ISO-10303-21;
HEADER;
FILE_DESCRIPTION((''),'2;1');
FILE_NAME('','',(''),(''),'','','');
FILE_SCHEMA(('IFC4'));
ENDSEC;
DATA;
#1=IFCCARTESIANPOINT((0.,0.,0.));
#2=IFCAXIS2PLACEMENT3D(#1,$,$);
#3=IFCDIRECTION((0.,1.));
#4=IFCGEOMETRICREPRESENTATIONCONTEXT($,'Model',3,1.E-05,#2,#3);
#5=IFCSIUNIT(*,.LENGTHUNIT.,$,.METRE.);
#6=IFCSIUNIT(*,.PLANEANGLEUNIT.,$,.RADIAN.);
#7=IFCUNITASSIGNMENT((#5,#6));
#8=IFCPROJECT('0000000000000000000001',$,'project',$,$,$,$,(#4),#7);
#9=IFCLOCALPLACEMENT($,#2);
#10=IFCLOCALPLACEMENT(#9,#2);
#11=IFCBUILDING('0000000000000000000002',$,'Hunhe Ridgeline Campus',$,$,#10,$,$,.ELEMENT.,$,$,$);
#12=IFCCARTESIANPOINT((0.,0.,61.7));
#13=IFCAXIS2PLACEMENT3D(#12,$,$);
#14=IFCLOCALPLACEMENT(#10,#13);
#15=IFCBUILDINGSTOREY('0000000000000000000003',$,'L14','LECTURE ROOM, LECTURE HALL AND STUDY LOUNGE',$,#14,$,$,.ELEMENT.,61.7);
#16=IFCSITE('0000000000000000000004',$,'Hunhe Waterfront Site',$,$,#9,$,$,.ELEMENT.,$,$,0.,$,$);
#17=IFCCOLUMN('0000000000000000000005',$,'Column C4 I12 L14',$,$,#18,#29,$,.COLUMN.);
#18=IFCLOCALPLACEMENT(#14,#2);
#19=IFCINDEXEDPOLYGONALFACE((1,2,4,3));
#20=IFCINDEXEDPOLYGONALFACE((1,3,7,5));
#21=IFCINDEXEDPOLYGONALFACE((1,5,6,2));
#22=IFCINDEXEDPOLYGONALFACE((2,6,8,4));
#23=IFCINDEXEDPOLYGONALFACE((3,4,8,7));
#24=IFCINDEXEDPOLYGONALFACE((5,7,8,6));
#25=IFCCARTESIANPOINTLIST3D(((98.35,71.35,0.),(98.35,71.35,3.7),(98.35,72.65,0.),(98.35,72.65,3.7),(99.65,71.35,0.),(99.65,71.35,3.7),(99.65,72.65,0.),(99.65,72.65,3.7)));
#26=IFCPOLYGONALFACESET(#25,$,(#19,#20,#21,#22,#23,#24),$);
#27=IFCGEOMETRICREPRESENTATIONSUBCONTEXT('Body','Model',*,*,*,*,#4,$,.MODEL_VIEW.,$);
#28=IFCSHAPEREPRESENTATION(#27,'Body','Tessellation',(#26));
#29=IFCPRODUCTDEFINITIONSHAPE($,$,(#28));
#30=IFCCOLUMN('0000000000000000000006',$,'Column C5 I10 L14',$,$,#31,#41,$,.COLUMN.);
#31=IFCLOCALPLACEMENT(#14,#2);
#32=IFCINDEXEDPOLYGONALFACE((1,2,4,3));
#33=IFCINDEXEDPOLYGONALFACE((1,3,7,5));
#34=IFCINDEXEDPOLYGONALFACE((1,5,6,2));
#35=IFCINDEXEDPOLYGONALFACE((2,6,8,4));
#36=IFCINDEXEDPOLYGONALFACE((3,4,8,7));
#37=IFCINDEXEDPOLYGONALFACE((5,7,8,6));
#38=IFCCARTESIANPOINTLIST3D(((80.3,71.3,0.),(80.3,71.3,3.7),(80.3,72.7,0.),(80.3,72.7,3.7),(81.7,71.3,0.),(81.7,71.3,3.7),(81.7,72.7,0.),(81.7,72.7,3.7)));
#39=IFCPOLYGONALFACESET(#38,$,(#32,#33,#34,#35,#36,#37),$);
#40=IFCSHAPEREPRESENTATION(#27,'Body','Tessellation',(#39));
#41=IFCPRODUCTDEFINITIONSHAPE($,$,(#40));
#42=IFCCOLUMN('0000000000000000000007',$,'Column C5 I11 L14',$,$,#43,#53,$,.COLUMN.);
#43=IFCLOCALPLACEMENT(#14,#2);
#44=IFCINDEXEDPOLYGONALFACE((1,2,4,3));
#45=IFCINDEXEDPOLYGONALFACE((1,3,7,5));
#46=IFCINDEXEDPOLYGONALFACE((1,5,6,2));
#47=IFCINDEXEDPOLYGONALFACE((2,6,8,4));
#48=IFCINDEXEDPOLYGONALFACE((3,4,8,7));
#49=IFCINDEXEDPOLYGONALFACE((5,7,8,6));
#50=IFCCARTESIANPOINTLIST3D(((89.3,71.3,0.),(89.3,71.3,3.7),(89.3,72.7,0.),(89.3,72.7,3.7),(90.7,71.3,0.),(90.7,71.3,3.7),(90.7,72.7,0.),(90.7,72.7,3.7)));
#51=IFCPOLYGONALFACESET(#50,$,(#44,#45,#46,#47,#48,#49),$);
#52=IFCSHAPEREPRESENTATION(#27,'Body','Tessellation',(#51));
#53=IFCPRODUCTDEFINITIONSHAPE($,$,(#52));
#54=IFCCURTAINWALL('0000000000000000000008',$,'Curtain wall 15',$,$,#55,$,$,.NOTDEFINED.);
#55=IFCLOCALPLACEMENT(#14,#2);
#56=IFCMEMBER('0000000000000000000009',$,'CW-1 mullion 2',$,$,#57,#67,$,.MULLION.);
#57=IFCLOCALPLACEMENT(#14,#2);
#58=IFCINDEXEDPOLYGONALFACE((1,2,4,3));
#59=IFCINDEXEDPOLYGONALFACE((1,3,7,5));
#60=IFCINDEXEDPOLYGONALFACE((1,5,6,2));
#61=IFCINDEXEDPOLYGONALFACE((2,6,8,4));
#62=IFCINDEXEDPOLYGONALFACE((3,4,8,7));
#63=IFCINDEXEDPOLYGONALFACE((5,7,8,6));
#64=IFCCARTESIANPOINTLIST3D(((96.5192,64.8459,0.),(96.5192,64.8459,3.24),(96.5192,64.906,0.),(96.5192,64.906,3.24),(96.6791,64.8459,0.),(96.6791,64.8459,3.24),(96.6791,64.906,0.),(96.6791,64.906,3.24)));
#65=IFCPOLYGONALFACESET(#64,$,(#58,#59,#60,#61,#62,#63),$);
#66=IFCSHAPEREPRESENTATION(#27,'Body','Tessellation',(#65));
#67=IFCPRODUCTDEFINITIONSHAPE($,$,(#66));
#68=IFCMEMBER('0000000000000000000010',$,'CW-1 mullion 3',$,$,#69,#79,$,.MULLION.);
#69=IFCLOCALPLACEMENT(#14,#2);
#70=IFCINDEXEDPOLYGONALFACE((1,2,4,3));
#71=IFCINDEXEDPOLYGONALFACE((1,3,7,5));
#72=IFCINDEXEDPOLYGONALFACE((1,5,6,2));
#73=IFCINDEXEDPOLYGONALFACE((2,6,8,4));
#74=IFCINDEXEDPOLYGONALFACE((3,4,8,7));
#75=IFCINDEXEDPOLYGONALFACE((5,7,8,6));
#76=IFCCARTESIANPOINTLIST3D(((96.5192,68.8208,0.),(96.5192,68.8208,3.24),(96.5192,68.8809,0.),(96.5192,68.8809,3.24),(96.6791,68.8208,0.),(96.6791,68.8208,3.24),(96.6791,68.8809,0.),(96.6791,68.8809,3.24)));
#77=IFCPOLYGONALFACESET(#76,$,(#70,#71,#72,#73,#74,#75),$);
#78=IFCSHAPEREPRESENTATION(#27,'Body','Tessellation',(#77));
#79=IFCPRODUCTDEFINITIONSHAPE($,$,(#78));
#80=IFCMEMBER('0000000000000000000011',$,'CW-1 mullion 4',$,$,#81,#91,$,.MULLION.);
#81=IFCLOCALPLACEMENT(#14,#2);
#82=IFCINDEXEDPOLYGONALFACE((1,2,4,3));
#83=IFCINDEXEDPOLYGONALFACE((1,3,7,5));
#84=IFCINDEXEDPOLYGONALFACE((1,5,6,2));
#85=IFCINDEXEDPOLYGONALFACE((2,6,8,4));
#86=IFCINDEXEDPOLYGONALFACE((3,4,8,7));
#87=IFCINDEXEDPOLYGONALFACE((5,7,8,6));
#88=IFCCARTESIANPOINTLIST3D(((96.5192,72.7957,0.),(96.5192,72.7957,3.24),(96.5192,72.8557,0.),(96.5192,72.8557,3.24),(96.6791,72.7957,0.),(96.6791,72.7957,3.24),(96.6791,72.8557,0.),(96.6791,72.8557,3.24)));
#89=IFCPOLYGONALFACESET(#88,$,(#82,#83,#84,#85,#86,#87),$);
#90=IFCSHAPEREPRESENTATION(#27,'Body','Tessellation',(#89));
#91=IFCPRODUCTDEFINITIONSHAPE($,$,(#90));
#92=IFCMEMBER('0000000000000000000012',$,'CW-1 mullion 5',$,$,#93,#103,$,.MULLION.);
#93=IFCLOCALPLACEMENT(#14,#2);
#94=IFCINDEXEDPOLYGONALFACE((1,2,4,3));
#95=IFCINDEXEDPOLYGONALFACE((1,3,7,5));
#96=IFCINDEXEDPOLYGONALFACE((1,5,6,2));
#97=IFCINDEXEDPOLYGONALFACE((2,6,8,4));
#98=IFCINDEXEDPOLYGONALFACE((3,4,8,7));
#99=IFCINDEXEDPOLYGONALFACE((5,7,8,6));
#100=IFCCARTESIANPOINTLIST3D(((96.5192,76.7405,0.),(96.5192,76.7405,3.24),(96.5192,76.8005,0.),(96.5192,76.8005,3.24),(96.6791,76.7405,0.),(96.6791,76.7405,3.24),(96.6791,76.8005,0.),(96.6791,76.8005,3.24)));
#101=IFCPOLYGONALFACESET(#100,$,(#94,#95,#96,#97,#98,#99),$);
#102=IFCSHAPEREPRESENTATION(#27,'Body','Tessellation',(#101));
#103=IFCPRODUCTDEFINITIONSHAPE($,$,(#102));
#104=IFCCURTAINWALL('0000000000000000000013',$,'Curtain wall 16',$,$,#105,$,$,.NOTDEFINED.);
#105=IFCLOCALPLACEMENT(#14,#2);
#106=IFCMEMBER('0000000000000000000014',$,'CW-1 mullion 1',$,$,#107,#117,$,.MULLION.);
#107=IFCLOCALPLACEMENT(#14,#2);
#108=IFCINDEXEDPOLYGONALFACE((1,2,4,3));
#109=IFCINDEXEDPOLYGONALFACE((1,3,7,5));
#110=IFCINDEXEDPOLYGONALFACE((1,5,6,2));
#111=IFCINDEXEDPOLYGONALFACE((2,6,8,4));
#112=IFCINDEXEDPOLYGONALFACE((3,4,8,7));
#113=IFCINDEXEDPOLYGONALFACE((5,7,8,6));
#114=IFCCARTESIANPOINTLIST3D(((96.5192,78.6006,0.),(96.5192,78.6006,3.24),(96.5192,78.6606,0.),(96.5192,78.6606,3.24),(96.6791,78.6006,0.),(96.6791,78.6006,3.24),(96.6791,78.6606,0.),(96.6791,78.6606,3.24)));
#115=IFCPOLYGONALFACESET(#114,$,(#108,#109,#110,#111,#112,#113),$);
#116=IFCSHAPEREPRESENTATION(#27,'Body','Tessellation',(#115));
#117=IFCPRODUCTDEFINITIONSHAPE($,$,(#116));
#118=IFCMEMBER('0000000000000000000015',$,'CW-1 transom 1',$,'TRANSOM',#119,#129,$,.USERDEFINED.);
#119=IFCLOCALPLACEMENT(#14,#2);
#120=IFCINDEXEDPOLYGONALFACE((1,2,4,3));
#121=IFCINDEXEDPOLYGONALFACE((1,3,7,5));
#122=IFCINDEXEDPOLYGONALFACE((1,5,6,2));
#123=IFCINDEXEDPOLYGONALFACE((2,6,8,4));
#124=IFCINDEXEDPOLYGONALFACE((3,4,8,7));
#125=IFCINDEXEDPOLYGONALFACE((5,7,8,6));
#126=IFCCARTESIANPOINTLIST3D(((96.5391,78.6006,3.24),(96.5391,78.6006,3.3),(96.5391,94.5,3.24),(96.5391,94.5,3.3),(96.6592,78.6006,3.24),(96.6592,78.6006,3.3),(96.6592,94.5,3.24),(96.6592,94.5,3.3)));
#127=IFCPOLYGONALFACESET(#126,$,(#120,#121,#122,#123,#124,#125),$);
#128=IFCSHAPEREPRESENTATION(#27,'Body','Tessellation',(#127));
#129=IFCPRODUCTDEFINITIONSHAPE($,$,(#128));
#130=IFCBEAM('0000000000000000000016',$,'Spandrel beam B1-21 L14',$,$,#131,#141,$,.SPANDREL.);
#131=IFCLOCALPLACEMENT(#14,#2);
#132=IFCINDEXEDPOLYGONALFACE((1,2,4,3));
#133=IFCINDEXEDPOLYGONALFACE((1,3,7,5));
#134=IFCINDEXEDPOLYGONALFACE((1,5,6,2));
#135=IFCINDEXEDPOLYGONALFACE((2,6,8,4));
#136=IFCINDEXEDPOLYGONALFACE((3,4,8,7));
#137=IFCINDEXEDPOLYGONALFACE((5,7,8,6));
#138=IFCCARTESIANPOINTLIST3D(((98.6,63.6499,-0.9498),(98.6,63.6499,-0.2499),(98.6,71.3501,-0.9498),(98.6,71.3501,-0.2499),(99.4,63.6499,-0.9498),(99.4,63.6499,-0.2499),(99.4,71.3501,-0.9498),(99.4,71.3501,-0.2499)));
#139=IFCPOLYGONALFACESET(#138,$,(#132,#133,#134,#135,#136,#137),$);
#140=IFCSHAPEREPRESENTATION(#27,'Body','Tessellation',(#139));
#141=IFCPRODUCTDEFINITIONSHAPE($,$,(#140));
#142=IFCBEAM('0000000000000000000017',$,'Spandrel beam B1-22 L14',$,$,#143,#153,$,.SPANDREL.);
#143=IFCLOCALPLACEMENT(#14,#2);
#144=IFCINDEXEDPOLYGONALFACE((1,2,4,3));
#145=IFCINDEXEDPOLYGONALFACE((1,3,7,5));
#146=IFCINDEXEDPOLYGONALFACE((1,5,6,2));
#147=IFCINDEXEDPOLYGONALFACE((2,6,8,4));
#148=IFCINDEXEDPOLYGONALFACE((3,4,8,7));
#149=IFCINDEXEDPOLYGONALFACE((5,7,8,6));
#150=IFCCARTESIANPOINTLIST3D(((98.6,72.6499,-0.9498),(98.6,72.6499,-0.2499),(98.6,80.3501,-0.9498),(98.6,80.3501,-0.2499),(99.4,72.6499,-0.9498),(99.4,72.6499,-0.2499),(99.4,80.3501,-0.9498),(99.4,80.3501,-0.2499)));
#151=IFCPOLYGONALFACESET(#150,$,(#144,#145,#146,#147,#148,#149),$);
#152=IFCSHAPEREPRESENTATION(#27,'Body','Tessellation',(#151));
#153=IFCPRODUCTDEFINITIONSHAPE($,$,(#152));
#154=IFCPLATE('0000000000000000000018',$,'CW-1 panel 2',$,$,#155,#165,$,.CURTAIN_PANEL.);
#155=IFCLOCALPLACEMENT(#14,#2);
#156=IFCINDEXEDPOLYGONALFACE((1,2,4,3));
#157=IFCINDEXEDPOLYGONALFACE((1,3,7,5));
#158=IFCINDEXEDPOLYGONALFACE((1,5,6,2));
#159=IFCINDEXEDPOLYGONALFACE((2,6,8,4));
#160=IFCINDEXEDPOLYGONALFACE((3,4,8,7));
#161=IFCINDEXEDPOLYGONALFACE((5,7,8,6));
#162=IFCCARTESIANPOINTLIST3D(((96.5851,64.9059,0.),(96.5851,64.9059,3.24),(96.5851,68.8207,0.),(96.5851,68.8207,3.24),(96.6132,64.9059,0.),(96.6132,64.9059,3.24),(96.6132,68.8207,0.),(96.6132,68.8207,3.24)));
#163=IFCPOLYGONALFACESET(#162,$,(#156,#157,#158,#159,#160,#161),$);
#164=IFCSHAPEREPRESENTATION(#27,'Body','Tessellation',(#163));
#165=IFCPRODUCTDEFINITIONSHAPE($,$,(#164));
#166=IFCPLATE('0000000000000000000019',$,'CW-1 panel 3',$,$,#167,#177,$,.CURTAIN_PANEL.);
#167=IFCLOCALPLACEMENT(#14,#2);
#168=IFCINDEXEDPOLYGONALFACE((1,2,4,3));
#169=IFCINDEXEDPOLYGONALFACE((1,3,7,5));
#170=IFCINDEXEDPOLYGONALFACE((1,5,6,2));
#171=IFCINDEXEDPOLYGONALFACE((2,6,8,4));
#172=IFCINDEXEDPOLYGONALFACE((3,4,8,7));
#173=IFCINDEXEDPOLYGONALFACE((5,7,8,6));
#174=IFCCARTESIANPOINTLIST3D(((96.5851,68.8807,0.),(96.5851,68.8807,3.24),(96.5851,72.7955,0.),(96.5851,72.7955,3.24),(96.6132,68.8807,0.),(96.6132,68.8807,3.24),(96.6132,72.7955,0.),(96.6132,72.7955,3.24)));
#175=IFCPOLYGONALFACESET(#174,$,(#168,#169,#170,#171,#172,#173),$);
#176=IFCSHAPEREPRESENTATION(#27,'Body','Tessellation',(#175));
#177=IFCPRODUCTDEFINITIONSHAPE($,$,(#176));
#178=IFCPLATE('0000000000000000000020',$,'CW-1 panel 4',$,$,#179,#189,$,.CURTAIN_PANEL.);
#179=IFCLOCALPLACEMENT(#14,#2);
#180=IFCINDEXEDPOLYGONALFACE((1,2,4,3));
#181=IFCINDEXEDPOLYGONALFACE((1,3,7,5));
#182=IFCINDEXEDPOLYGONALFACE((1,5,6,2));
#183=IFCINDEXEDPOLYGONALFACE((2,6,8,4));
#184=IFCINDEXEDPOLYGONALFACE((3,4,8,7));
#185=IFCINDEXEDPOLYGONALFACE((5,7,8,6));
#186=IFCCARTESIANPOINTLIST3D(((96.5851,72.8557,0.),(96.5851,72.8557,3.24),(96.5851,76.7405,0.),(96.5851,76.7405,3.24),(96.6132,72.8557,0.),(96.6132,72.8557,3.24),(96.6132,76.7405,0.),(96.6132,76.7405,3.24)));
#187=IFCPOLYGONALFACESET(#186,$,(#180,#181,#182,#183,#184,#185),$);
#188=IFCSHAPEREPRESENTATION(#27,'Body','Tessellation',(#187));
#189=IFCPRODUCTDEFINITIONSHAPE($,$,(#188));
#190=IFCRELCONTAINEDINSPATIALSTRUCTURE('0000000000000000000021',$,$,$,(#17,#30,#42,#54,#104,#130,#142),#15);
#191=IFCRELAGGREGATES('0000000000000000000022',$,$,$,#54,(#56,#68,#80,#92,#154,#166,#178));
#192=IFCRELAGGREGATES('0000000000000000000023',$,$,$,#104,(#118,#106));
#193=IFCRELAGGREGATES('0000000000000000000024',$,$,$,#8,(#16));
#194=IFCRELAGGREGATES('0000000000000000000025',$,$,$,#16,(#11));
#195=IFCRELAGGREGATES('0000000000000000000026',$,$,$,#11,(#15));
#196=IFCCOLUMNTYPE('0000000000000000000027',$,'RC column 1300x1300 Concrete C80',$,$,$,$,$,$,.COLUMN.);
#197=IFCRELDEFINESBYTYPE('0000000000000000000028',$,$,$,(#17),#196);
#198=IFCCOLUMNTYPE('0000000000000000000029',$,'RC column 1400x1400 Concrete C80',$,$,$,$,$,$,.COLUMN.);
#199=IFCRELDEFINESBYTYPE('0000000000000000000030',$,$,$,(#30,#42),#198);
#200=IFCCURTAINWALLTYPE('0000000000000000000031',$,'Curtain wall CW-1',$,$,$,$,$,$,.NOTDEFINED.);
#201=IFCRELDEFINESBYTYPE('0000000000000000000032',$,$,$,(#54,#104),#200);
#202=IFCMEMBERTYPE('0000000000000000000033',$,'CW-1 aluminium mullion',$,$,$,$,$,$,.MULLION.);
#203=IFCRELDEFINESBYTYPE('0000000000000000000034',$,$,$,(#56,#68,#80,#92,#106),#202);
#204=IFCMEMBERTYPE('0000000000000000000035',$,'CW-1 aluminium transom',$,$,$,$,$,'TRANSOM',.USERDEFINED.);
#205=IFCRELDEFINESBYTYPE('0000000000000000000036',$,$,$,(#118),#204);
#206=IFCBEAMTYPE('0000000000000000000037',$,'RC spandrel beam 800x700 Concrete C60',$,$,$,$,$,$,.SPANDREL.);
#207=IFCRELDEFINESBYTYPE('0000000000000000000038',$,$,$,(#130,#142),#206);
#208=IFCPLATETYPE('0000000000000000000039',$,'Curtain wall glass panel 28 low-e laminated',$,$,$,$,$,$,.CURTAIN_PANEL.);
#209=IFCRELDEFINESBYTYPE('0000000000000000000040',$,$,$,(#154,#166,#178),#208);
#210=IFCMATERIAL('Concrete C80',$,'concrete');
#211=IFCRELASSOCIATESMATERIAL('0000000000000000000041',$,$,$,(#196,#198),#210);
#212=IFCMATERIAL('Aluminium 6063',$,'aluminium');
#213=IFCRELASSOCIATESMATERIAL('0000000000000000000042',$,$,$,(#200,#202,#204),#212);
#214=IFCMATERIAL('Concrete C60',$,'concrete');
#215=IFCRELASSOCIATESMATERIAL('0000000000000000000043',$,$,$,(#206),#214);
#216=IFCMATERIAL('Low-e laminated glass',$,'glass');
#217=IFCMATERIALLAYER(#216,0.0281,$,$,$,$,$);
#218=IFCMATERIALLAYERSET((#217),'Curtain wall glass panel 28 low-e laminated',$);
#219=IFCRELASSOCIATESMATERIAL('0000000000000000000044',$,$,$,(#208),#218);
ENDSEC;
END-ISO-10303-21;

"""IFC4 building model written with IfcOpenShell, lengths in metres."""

from ifc_helpers import new_model, si_unit, direction, frame, origin, origin_2d, place, context, subcontext, project, spatial, rectangle, extrude, material, layer, layer_set, material_profile, profile_set, type_object, element, aggregate, save


model = new_model("IFC4")

# Units and contexts
model_context = context("Model", 3, precision=1e-05, world=origin(), true_north=direction((0.0, 1.0)))
body_context = subcontext(model_context, "Body", "Model", "MODEL_VIEW")
ifc_project = project(units=[si_unit("LENGTHUNIT", "METRE"), si_unit("PLANEANGLEUNIT", "RADIAN")], contexts=[model_context])

# Site, building, storey
site_placement = place(None, origin())
site = spatial("IfcSite", under=ifc_project, at=site_placement, Name="Hunhe Waterfront Site", CompositionType="ELEMENT", RefElevation=0.0)
building_placement = place(site_placement, origin())
building = spatial("IfcBuilding", under=site, at=building_placement, Name="Hunhe Ridgeline Campus", CompositionType="ELEMENT")
storey_placement = place(building_placement, frame((0.0, 0.0, 61.7)))
storey = spatial("IfcBuildingStorey", under=building, at=storey_placement, Name="L14", Description="LECTURE ROOM, LECTURE HALL AND STUDY LOUNGE", CompositionType="ELEMENT", Elevation=61.7)

# Columns
ifc_material_1 = material(Name="Concrete C80", Category="concrete")
ifc_material_profile_1 = material_profile(ifc_material_1, rectangle(XDim=1.3, YDim=1.3, at=origin_2d()))
ifc_profile_set_1 = profile_set([ifc_material_profile_1], Name="Concrete C80")
column_type_1 = type_object("IfcColumnType", Name="RC column 1300x1300 Concrete C80", PredefinedType="COLUMN", material=ifc_profile_set_1)
column_placement = place(storey_placement, frame((99.0, 72.0, 0.0), z_axis=(0.0, 0.0, 1.0), x_axis=(1.0, 0.0, 0.0)))
element("IfcColumn", 1, at=column_placement, inside=storey, type_object=column_type_1, Name="Column C4 I12 L14", PredefinedType="COLUMN", context=body_context, shape_type="SweptSolid", body=[
    extrude(rectangle(XDim=1.3, YDim=1.3, at=origin_2d()), origin(), (0.0, 0.0, 1.0), 3.7),
])
ifc_material_profile_2 = material_profile(ifc_material_1, rectangle(XDim=1.3999, YDim=1.3999, at=origin_2d()))
ifc_profile_set_2 = profile_set([ifc_material_profile_2], Name="Concrete C80")
column_type_2 = type_object("IfcColumnType", Name="RC column 1400x1400 Concrete C80", PredefinedType="COLUMN", material=ifc_profile_set_2)
for number, where, z_axis, x_axis, name in (
    (2, (81.0, 72.0, 0.0), (0.0, 0.0, 1.0), (1.0, 0.0, 0.0), "Column C5 I10 L14"),
    (3, (90.0, 72.0, 0.0), (0.0, 0.0, 1.0), (1.0, 0.0, 0.0), "Column C5 I11 L14"),
):
    element("IfcColumn", number, at=place(storey_placement, frame(where, z_axis=z_axis, x_axis=x_axis)), inside=storey, type_object=column_type_2, Name=name, PredefinedType="COLUMN", context=body_context, shape_type="SweptSolid", body=[
        extrude(rectangle(XDim=1.3999, YDim=1.3999, at=origin_2d()), origin(), (0.0, 0.0, 1.0), 3.7),
    ])

# Curtain walls, members
ifc_material_2 = material(Name="Aluminium 6063", Category="aluminium")
curtain_wall_type = type_object("IfcCurtainWallType", Name="Curtain wall CW-1", PredefinedType="NOTDEFINED", material=ifc_material_2)
curtain_wall_1_placement = place(storey_placement, origin())
curtain_wall_1 = element("IfcCurtainWall", 4, at=curtain_wall_1_placement, inside=storey, type_object=curtain_wall_type, Name="Curtain wall 15", PredefinedType="NOTDEFINED")
ifc_material_profile_3 = material_profile(ifc_material_2, rectangle(XDim=0.1599, YDim=0.0601, at=origin_2d()))
ifc_profile_set_3 = profile_set([ifc_material_profile_3], Name="Aluminium 6063")
member_type_1 = type_object("IfcMemberType", Name="CW-1 aluminium mullion", PredefinedType="MULLION", material=ifc_profile_set_3)
member_1_placement = place(storey_placement, frame((96.5991, 64.876, 0.0), z_axis=(0.0, 0.0, 1.0), x_axis=(-1.0, 0.0, 0.0)))
member_1 = element("IfcMember", 5, at=member_1_placement, type_object=member_type_1, Name="CW-1 mullion 2", PredefinedType="MULLION", context=body_context, shape_type="SweptSolid", body=[
    extrude(rectangle(XDim=0.1599, YDim=0.0601, at=origin_2d()), origin(), (0.0, 0.0, 1.0), 3.24),
])
member_2_placement = place(storey_placement, frame((96.5991, 68.8508, 0.0), z_axis=(0.0, 0.0, 1.0), x_axis=(-1.0, 0.0, 0.0)))
member_2 = element("IfcMember", 6, at=member_2_placement, type_object=member_type_1, Name="CW-1 mullion 3", PredefinedType="MULLION", context=body_context, shape_type="SweptSolid", body=[
    extrude(rectangle(XDim=0.1599, YDim=0.0601, at=origin_2d()), origin(), (0.0, 0.0, 1.0), 3.24),
])
member_3_placement = place(storey_placement, frame((96.5991, 72.8257, 0.0), z_axis=(0.0, 0.0, 1.0), x_axis=(-1.0, 0.0, 0.0)))
member_3 = element("IfcMember", 7, at=member_3_placement, type_object=member_type_1, Name="CW-1 mullion 4", PredefinedType="MULLION", context=body_context, shape_type="SweptSolid", body=[
    extrude(rectangle(XDim=0.1599, YDim=0.0601, at=origin_2d()), origin(), (0.0, 0.0, 1.0), 3.24),
])
member_4_placement = place(storey_placement, frame((96.5991, 76.7705, 0.0), z_axis=(0.0, 0.0, 1.0), x_axis=(-1.0, 0.0, 0.0)))
member_4 = element("IfcMember", 8, at=member_4_placement, type_object=member_type_1, Name="CW-1 mullion 5", PredefinedType="MULLION", context=body_context, shape_type="SweptSolid", body=[
    extrude(rectangle(XDim=0.1599, YDim=0.0601, at=origin_2d()), origin(), (0.0, 0.0, 1.0), 3.24),
])
curtain_wall_2_placement = place(storey_placement, origin())
curtain_wall_2 = element("IfcCurtainWall", 9, at=curtain_wall_2_placement, inside=storey, type_object=curtain_wall_type, Name="Curtain wall 16", PredefinedType="NOTDEFINED")
member_5_placement = place(storey_placement, frame((96.5991, 78.6306, 0.0), z_axis=(0.0, 0.0, 1.0), x_axis=(-1.0, 0.0, 0.0)))
member_5 = element("IfcMember", 10, at=member_5_placement, type_object=member_type_1, Name="CW-1 mullion 1", PredefinedType="MULLION", context=body_context, shape_type="SweptSolid", body=[
    extrude(rectangle(XDim=0.1599, YDim=0.0601, at=origin_2d()), origin(), (0.0, 0.0, 1.0), 3.24),
])
ifc_material_profile_4 = material_profile(ifc_material_2, rectangle(XDim=0.1201, YDim=0.0601, at=origin_2d()))
ifc_profile_set_4 = profile_set([ifc_material_profile_4], Name="Aluminium 6063")
member_type_2 = type_object("IfcMemberType", Name="CW-1 aluminium transom", ElementType="TRANSOM", PredefinedType="USERDEFINED", material=ifc_profile_set_4)
member_6_placement = place(storey_placement, frame((96.5991, 78.6006, 3.27), z_axis=(0.0, 1.0, 0.0), x_axis=(-1.0, 0.0, 0.0)))
member_6 = element("IfcMember", 11, at=member_6_placement, type_object=member_type_2, Name="CW-1 transom 1", ObjectType="TRANSOM", PredefinedType="USERDEFINED", context=body_context, shape_type="SweptSolid", body=[
    extrude(rectangle(XDim=0.1201, YDim=0.0601, at=origin_2d()), origin(), (0.0, 0.0, 1.0), 15.8994),
])

# Beams
ifc_material_3 = material(Name="Concrete C60", Category="concrete")
ifc_material_profile_5 = material_profile(ifc_material_3, rectangle(XDim=0.8, YDim=0.7, at=origin_2d()))
ifc_profile_set_5 = profile_set([ifc_material_profile_5], Name="Concrete C60")
beam_type = type_object("IfcBeamType", Name="RC spandrel beam 800x700 Concrete C60", PredefinedType="SPANDREL", material=ifc_profile_set_5)
for number, where, z_axis, x_axis, name in (
    (12, (99.0, 63.6499, -0.5999), (0.0, 1.0, 0.0), (-1.0, 0.0, 0.0), "Spandrel beam B1-21 L14"),
    (13, (99.0, 72.6499, -0.5999), (0.0, 1.0, 0.0), (-1.0, 0.0, 0.0), "Spandrel beam B1-22 L14"),
):
    element("IfcBeam", number, at=place(storey_placement, frame(where, z_axis=z_axis, x_axis=x_axis)), inside=storey, type_object=beam_type, Name=name, PredefinedType="SPANDREL", context=body_context, shape_type="SweptSolid", body=[
        extrude(rectangle(XDim=0.8, YDim=0.7, at=origin_2d()), origin(), (0.0, 0.0, 1.0), 7.7002),
    ])

# Plates
ifc_material_4 = material(Name="Low-e laminated glass", Category="glass")
ifc_layer_1 = layer(ifc_material_4, 0.0281)
ifc_layer_set_1 = layer_set([ifc_layer_1], Name="Curtain wall glass panel 28 low-e laminated")
plate_type = type_object("IfcPlateType", Name="Curtain wall glass panel 28 low-e laminated", PredefinedType="CURTAIN_PANEL", material=ifc_layer_set_1)
plate_1_placement = place(storey_placement, frame((96.5991, 66.8633, 0.0), z_axis=(0.0, 0.0, 1.0), x_axis=(0.0, 1.0, 0.0)))
plate_1 = element("IfcPlate", 14, at=plate_1_placement, type_object=plate_type, Name="CW-1 panel 2", PredefinedType="CURTAIN_PANEL", context=body_context, shape_type="SweptSolid", body=[
    extrude(rectangle(XDim=3.9148, YDim=0.0281, at=origin_2d()), origin(), (0.0, 0.0, 1.0), 3.24),
])
plate_2_placement = place(storey_placement, frame((96.5991, 70.8381, 0.0), z_axis=(0.0, 0.0, 1.0), x_axis=(0.0, 1.0, 0.0)))
plate_2 = element("IfcPlate", 15, at=plate_2_placement, type_object=plate_type, Name="CW-1 panel 3", PredefinedType="CURTAIN_PANEL", context=body_context, shape_type="SweptSolid", body=[
    extrude(rectangle(XDim=3.9148, YDim=0.0281, at=origin_2d()), origin(), (0.0, 0.0, 1.0), 3.24),
])
plate_3_placement = place(storey_placement, frame((96.5991, 74.7981, 0.0), z_axis=(0.0, 0.0, 1.0), x_axis=(0.0, 1.0, 0.0)))
plate_3 = element("IfcPlate", 16, at=plate_3_placement, type_object=plate_type, Name="CW-1 panel 4", PredefinedType="CURTAIN_PANEL", context=body_context, shape_type="SweptSolid", body=[
    extrude(rectangle(XDim=3.8848, YDim=0.0281, at=origin_2d()), origin(), (0.0, 0.0, 1.0), 3.24),
])
aggregate(curtain_wall_1, [member_1, member_2, member_3, member_4, plate_1, plate_2, plate_3])
aggregate(curtain_wall_2, [member_6, member_5])

save(model, "model.ifc")
